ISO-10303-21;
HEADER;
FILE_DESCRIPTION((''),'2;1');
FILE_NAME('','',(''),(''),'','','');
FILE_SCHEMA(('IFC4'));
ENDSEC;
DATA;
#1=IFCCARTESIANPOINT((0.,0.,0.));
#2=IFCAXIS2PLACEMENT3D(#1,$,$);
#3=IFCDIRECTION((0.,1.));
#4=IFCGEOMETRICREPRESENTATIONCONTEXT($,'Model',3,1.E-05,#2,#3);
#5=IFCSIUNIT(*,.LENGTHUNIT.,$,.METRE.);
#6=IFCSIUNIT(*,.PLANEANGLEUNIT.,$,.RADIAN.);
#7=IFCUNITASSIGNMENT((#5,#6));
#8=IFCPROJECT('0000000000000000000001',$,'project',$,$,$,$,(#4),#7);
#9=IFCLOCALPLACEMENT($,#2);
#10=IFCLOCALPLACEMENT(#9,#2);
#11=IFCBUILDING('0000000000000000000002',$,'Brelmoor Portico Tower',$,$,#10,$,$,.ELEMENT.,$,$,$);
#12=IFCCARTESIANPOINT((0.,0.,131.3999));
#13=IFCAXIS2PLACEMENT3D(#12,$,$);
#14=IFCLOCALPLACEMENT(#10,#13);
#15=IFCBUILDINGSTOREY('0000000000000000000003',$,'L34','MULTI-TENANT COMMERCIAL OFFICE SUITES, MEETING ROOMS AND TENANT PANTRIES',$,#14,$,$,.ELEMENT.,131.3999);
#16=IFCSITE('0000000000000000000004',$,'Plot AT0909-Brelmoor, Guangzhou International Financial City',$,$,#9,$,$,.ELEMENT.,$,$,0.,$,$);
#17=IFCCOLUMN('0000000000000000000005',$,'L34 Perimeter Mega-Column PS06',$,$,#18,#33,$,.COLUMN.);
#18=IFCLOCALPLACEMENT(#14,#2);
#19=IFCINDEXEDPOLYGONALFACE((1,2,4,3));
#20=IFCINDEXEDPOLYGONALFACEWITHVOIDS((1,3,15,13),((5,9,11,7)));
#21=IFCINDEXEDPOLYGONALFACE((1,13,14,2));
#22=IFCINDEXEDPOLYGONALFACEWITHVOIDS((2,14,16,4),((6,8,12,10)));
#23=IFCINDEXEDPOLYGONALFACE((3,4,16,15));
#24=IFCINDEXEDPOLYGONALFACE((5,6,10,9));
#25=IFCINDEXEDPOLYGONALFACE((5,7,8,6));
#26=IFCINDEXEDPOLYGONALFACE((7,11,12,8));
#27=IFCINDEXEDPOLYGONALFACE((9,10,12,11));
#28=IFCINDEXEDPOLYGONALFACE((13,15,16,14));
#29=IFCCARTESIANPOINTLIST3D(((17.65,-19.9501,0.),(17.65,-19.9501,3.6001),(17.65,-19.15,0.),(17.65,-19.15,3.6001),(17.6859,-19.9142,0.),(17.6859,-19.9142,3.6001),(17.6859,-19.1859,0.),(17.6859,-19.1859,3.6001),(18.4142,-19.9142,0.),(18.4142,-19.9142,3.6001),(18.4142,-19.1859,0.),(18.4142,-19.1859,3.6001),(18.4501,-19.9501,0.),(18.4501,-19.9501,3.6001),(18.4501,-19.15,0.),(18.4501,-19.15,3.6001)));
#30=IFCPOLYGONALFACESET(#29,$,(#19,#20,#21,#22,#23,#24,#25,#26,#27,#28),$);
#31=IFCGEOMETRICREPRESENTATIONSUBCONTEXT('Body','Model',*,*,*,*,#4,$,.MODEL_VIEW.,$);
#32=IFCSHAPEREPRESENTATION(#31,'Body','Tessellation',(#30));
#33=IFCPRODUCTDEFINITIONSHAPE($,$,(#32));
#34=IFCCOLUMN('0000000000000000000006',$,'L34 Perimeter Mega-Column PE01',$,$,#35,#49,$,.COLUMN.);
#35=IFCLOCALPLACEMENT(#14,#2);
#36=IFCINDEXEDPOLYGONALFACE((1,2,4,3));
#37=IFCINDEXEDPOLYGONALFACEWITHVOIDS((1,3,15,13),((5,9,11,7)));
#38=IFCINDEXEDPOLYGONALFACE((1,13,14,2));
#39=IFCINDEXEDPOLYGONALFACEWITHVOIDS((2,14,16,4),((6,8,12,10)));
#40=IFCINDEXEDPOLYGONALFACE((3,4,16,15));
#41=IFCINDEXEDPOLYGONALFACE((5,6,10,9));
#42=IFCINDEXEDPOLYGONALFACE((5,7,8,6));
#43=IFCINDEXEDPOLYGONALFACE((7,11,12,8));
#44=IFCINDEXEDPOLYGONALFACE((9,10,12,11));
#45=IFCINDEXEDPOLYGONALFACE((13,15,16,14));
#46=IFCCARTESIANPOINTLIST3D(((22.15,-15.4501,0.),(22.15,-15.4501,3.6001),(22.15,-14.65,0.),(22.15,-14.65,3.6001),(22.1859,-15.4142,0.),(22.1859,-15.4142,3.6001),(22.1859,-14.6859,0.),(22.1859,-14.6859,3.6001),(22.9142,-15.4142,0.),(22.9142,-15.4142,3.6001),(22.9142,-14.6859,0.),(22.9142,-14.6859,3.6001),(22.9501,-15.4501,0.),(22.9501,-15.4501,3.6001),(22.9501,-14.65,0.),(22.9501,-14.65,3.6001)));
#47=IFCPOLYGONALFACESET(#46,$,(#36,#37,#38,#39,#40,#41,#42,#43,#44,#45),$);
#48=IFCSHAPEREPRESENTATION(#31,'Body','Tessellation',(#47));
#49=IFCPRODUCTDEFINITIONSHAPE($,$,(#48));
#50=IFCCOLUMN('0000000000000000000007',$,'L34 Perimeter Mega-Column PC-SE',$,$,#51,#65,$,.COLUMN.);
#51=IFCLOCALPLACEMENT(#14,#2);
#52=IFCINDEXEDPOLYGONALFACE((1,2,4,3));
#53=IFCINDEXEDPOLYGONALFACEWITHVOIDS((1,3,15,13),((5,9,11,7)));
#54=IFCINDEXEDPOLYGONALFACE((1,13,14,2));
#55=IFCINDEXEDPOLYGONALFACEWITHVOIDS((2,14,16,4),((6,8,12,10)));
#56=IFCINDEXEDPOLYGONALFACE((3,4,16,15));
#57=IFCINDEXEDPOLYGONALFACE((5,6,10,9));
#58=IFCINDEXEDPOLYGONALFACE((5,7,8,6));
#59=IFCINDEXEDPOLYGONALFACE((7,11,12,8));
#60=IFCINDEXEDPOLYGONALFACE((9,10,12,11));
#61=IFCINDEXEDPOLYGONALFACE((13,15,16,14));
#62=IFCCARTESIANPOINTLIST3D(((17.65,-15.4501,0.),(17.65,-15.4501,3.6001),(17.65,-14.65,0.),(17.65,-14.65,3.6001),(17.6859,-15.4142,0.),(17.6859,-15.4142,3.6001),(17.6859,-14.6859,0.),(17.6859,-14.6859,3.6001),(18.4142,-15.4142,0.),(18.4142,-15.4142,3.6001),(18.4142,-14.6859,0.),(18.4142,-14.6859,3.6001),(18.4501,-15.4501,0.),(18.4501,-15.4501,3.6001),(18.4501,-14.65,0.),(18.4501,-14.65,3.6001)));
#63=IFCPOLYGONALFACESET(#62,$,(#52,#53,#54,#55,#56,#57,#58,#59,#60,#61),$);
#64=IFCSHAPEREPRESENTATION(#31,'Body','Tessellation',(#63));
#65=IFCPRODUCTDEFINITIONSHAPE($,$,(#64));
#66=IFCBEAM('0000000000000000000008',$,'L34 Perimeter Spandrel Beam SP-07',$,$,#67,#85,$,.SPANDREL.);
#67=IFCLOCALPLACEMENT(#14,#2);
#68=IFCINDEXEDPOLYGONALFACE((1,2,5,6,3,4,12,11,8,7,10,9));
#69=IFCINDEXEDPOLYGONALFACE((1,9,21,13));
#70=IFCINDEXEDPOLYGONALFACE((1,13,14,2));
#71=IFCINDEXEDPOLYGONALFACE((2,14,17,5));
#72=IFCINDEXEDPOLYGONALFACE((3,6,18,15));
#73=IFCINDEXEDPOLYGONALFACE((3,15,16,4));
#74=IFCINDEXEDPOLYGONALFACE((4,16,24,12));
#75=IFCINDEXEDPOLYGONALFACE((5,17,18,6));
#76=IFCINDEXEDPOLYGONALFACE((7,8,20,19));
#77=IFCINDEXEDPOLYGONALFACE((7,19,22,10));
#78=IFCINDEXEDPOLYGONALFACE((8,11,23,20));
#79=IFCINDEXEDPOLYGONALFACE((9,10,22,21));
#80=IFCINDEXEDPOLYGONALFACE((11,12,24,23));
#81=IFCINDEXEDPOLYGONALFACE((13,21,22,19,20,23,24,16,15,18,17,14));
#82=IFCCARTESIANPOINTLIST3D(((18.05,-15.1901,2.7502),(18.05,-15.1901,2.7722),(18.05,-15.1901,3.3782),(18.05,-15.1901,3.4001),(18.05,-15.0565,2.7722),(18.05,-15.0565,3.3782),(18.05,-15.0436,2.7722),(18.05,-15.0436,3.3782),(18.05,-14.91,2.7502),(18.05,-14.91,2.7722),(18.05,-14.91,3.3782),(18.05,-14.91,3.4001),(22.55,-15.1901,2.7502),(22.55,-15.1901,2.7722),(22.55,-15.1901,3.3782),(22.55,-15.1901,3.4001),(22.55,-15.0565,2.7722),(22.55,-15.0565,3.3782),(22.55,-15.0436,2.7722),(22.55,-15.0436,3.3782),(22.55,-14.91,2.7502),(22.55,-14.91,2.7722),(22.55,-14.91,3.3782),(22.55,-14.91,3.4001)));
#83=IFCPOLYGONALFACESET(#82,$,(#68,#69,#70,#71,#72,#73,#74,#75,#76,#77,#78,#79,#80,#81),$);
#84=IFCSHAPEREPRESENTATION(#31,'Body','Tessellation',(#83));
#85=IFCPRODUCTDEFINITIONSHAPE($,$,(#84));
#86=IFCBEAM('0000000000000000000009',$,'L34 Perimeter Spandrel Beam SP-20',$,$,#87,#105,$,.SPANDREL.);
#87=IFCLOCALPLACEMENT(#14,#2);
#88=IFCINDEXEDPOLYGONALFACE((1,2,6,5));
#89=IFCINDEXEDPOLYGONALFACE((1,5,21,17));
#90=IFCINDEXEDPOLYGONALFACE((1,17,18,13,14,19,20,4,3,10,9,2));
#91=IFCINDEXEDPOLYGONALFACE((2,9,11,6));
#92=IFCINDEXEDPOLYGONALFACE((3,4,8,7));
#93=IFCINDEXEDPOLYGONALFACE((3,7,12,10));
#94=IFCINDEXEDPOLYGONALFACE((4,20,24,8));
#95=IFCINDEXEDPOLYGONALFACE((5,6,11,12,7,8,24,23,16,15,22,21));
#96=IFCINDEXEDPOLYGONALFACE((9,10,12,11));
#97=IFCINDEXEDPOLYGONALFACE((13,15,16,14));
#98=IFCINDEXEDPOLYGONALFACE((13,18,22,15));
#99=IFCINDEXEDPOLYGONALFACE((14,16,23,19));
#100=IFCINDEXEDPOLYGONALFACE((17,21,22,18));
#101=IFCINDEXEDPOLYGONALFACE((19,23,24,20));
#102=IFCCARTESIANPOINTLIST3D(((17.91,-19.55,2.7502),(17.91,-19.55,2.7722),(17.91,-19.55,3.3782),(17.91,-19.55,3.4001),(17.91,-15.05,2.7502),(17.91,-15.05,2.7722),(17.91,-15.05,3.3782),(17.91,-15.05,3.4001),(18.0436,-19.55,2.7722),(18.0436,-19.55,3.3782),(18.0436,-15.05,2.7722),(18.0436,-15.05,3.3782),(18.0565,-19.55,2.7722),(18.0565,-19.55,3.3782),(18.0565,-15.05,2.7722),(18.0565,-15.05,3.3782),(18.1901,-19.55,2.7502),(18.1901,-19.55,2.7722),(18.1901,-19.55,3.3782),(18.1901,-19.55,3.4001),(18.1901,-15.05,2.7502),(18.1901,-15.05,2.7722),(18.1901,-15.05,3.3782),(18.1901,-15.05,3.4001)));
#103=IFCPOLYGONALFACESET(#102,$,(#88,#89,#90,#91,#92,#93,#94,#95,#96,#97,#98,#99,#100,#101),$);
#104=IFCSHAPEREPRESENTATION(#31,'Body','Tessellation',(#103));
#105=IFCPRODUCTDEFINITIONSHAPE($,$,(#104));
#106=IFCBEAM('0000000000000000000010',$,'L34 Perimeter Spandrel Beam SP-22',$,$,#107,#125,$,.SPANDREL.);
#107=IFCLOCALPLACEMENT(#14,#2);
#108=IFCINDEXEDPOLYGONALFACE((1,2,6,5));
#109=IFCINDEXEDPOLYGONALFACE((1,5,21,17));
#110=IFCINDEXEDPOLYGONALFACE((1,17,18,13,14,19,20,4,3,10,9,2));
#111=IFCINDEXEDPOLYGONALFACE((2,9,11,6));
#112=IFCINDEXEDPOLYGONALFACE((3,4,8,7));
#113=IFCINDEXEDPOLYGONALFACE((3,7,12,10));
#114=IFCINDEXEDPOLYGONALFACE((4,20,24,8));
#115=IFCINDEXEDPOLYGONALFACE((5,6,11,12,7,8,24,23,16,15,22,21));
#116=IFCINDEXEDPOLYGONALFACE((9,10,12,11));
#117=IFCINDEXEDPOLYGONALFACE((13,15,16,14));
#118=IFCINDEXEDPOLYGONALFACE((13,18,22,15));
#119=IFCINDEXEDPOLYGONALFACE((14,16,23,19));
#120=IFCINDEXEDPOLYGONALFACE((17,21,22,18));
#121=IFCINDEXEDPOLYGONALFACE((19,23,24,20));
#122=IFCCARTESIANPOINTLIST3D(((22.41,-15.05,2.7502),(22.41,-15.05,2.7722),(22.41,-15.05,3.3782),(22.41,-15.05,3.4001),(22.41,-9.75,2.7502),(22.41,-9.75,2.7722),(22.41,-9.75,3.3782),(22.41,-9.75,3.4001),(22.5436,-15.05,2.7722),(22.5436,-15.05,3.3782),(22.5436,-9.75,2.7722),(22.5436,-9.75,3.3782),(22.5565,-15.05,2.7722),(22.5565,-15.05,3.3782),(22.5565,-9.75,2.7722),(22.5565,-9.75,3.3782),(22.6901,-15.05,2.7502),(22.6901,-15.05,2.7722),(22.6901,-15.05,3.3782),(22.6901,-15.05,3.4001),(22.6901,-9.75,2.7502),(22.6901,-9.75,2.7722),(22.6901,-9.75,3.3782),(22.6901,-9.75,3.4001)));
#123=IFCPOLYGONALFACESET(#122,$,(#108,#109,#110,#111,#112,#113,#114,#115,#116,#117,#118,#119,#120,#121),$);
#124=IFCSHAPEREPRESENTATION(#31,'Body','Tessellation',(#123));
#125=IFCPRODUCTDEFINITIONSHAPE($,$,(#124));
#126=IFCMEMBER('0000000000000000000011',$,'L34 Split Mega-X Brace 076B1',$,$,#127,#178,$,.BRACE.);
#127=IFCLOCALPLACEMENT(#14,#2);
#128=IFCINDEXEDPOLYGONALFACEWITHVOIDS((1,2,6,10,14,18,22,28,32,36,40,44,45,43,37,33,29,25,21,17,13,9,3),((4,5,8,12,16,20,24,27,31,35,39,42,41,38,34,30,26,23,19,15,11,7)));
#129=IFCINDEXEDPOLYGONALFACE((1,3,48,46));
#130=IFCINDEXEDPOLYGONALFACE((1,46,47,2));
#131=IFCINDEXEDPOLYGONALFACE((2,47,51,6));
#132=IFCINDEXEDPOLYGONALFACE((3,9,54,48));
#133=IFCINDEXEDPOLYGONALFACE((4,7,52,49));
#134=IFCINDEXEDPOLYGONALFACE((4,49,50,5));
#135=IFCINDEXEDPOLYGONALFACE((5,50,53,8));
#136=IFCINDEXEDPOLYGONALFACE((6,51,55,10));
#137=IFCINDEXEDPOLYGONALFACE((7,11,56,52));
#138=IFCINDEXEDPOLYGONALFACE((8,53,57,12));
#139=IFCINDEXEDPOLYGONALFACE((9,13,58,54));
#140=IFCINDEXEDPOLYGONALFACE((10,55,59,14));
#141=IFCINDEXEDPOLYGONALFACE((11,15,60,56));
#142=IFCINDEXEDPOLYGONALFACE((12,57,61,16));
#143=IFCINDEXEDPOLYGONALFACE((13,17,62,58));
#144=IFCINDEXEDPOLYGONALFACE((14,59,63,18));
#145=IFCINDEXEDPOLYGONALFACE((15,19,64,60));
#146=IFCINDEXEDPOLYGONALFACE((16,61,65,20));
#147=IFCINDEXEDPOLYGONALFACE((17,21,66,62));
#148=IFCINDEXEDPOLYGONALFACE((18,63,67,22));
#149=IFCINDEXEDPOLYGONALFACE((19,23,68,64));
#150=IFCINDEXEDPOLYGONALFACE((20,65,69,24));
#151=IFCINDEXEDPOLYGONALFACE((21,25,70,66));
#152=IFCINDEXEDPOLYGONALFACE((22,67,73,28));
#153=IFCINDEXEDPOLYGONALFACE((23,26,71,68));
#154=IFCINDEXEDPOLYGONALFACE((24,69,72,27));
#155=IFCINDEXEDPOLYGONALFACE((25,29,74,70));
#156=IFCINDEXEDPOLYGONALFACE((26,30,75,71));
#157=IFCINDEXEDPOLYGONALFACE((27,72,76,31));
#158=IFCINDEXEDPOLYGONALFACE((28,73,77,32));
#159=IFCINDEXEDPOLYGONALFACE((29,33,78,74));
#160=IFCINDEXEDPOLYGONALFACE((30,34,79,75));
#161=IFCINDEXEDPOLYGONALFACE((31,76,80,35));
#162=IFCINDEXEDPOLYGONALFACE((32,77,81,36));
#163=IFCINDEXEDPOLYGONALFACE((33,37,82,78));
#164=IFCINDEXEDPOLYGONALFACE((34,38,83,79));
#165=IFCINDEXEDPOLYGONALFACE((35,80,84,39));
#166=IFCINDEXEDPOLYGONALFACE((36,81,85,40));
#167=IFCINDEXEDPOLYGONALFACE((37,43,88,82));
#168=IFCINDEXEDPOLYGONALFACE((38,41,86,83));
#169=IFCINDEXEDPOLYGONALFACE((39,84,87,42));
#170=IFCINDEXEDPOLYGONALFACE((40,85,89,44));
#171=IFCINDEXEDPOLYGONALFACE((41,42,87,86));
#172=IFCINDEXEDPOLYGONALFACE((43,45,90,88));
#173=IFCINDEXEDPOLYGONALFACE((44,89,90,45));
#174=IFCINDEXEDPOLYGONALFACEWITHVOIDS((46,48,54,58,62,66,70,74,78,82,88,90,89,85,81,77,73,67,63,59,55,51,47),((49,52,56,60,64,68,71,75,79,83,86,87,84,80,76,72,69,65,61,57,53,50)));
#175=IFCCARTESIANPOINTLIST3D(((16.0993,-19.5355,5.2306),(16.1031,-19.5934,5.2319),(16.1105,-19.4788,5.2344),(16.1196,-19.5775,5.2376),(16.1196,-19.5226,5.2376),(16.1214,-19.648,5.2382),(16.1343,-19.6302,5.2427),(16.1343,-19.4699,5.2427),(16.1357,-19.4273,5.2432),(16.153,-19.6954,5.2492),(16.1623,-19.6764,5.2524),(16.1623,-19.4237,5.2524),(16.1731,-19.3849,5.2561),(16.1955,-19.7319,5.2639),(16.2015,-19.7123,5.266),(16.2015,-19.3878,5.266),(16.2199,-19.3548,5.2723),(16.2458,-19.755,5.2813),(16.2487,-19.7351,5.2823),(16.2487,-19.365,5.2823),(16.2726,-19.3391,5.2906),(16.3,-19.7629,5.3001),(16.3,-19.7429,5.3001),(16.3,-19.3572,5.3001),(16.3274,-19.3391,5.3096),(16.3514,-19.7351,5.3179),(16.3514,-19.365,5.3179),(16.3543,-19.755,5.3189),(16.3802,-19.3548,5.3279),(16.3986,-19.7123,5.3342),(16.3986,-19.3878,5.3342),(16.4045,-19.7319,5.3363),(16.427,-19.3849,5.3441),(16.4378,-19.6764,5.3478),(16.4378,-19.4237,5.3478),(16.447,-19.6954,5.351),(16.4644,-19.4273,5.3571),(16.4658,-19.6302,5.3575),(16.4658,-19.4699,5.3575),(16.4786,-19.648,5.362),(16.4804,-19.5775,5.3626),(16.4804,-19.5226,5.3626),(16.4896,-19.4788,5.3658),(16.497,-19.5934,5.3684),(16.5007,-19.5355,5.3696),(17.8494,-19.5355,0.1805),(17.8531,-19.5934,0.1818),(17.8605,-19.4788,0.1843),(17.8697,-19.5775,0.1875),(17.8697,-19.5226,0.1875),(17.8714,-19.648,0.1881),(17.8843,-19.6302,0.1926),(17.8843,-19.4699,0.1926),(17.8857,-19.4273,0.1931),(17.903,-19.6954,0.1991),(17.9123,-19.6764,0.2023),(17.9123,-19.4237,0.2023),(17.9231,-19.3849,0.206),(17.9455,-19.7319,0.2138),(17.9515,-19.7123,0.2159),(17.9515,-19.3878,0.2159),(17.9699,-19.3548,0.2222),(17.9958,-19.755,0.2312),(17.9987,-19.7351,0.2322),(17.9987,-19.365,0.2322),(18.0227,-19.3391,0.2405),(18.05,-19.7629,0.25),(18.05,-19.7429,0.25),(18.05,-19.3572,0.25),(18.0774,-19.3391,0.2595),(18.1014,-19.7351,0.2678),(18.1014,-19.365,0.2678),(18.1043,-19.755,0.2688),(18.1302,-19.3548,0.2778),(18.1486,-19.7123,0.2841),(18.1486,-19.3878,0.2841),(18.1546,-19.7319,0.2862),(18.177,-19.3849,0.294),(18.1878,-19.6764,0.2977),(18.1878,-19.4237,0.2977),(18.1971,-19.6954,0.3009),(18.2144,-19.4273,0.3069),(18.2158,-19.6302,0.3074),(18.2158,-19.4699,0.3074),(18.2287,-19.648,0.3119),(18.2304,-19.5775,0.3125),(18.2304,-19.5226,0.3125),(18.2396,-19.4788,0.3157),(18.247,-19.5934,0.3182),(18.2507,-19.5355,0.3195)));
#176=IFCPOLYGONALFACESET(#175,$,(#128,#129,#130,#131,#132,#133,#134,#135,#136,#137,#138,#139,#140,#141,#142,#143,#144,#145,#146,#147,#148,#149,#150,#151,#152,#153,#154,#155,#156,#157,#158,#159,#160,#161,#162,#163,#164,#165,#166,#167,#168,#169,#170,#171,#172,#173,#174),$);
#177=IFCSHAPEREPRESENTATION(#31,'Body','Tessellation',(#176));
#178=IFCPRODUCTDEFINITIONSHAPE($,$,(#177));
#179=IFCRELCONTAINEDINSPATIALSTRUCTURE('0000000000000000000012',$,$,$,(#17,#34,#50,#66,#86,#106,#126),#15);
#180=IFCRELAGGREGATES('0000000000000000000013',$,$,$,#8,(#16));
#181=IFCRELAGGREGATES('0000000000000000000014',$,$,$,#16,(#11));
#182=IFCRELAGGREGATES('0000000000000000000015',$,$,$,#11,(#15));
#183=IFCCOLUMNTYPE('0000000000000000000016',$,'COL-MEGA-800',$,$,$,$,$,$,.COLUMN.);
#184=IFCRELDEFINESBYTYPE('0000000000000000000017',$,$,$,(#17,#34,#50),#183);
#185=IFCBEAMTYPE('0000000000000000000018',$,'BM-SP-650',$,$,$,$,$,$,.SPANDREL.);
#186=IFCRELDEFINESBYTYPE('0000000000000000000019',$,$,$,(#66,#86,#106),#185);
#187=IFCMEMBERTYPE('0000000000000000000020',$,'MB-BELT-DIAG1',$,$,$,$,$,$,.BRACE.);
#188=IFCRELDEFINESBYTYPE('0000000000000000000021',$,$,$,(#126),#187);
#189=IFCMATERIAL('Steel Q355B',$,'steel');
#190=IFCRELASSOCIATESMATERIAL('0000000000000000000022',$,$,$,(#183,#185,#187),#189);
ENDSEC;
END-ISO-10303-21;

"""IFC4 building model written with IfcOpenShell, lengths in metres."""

from ifc_helpers import new_model, si_unit, direction, frame, origin, origin_2d, place, context, subcontext, project, spatial, hollow_rectangle, hollow_circle, i_section, extrude, material, material_profile, profile_set, type_object, element, save


model = new_model("IFC4")

# Units and contexts
model_context = context("Model", 3, precision=1e-05, world=origin(), true_north=direction((0.0, 1.0)))
body_context = subcontext(model_context, "Body", "Model", "MODEL_VIEW")
ifc_project = project(units=[si_unit("LENGTHUNIT", "METRE"), si_unit("PLANEANGLEUNIT", "RADIAN")], contexts=[model_context])

# Site, building, storey
site_placement = place(None, origin())
site = spatial("IfcSite", under=ifc_project, at=site_placement, Name="Plot AT0909-Brelmoor, Guangzhou International Financial City", CompositionType="ELEMENT", RefElevation=0.0)
building_placement = place(site_placement, origin())
building = spatial("IfcBuilding", under=site, at=building_placement, Name="Brelmoor Portico Tower", CompositionType="ELEMENT")
storey_placement = place(building_placement, frame((0.0, 0.0, 131.3999)))
storey = spatial("IfcBuildingStorey", under=building, at=storey_placement, Name="L34", Description="MULTI-TENANT COMMERCIAL OFFICE SUITES, MEETING ROOMS AND TENANT PANTRIES", CompositionType="ELEMENT", Elevation=131.3999)

# Columns
ifc_material_1 = material(Name="Steel Q355B", Category="steel")
ifc_material_profile_1 = material_profile(ifc_material_1, hollow_rectangle(XDim=0.8, YDim=0.8, WallThickness=0.0359, at=origin_2d()), Name="BOX 800x800x36")
ifc_profile_set_1 = profile_set([ifc_material_profile_1], Name="Steel Q355B")
column_type = type_object("IfcColumnType", Name="COL-MEGA-800", PredefinedType="COLUMN", material=ifc_profile_set_1)
for number, where, z_axis, x_axis, name in (
    (1, (18.05, -19.55, 0.0), (0.0, 0.0, 1.0), (1.0, 0.0, 0.0), "L34 Perimeter Mega-Column PS06"),
    (2, (22.55, -15.05, 0.0), (0.0, 0.0, 1.0), (0.0, 1.0, 0.0), "L34 Perimeter Mega-Column PE01"),
    (3, (18.05, -15.05, 0.0), (0.0, 0.0, 1.0), (1.0, 0.0, 0.0), "L34 Perimeter Mega-Column PC-SE"),
):
    element("IfcColumn", number, at=place(storey_placement, frame(where, z_axis=z_axis, x_axis=x_axis)), inside=storey, type_object=column_type, Name=name, PredefinedType="COLUMN", context=body_context, shape_type="SweptSolid", body=[
        extrude(hollow_rectangle(XDim=0.8, YDim=0.8, WallThickness=0.0359, at=origin_2d()), origin(), (0.0, 0.0, 1.0), 3.6001),
    ])

# Beams
ifc_material_profile_2 = material_profile(ifc_material_1, i_section(OverallWidth=0.28, OverallDepth=0.6499, WebThickness=0.0129, FlangeThickness=0.022, at=origin_2d()), Name="HN 650x280x13x22")
ifc_profile_set_2 = profile_set([ifc_material_profile_2], Name="Steel Q355B")
beam_type = type_object("IfcBeamType", Name="BM-SP-650", PredefinedType="SPANDREL", material=ifc_profile_set_2)
for number, where, z_axis, x_axis, name in (
    (4, (18.05, -15.05, 3.0752), (1.0, 0.0, 0.0), (0.0, 1.0, 0.0), "L34 Perimeter Spandrel Beam SP-07"),
    (5, (18.05, -19.55, 3.0752), (0.0, 1.0, 0.0), (-1.0, 0.0, 0.0), "L34 Perimeter Spandrel Beam SP-20"),
):
    element("IfcBeam", number, at=place(storey_placement, frame(where, z_axis=z_axis, x_axis=x_axis)), inside=storey, type_object=beam_type, Name=name, PredefinedType="SPANDREL", context=body_context, shape_type="SweptSolid", body=[
        extrude(i_section(OverallWidth=0.28, OverallDepth=0.6499, WebThickness=0.0129, FlangeThickness=0.022, at=origin_2d()), origin(), (0.0, 0.0, 1.0), 4.5),
    ])
beam_placement = place(storey_placement, frame((22.55, -15.05, 3.0752), z_axis=(0.0, 1.0, 0.0), x_axis=(-1.0, 0.0, 0.0)))
element("IfcBeam", 6, at=beam_placement, inside=storey, type_object=beam_type, Name="L34 Perimeter Spandrel Beam SP-22", PredefinedType="SPANDREL", context=body_context, shape_type="SweptSolid", body=[
    extrude(i_section(OverallWidth=0.28, OverallDepth=0.6499, WebThickness=0.0129, FlangeThickness=0.022, at=origin_2d()), origin(), (0.0, 0.0, 1.0), 5.3),
])

# Member
ifc_material_profile_3 = material_profile(ifc_material_1, hollow_circle(Radius=0.2129, WallThickness=0.02, at=origin_2d()), Name="CHS 426x20")
ifc_profile_set_3 = profile_set([ifc_material_profile_3], Name="Steel Q355B")
member_type_1 = type_object("IfcMemberType", Name="MB-BELT-DIAG1", PredefinedType="BRACE", material=ifc_profile_set_3)
for number, where, z_axis, x_axis, name in (
    (7, (18.05, -19.55, 0.25), (-0.327429, 0.0, 0.944876), (0.0, -1.0, 0.0), "L34 Split Mega-X Brace 076B1"),
):
    element("IfcMember", number, at=place(storey_placement, frame(where, z_axis=z_axis, x_axis=x_axis)), inside=storey, type_object=member_type_1, Name=name, PredefinedType="BRACE", context=body_context, shape_type="SweptSolid", body=[
        extrude(hollow_circle(Radius=0.2129, WallThickness=0.02, at=origin_2d()), origin(), (0.0, 0.0, 1.0), 5.3447),
    ])

save(model, "model.ifc")
